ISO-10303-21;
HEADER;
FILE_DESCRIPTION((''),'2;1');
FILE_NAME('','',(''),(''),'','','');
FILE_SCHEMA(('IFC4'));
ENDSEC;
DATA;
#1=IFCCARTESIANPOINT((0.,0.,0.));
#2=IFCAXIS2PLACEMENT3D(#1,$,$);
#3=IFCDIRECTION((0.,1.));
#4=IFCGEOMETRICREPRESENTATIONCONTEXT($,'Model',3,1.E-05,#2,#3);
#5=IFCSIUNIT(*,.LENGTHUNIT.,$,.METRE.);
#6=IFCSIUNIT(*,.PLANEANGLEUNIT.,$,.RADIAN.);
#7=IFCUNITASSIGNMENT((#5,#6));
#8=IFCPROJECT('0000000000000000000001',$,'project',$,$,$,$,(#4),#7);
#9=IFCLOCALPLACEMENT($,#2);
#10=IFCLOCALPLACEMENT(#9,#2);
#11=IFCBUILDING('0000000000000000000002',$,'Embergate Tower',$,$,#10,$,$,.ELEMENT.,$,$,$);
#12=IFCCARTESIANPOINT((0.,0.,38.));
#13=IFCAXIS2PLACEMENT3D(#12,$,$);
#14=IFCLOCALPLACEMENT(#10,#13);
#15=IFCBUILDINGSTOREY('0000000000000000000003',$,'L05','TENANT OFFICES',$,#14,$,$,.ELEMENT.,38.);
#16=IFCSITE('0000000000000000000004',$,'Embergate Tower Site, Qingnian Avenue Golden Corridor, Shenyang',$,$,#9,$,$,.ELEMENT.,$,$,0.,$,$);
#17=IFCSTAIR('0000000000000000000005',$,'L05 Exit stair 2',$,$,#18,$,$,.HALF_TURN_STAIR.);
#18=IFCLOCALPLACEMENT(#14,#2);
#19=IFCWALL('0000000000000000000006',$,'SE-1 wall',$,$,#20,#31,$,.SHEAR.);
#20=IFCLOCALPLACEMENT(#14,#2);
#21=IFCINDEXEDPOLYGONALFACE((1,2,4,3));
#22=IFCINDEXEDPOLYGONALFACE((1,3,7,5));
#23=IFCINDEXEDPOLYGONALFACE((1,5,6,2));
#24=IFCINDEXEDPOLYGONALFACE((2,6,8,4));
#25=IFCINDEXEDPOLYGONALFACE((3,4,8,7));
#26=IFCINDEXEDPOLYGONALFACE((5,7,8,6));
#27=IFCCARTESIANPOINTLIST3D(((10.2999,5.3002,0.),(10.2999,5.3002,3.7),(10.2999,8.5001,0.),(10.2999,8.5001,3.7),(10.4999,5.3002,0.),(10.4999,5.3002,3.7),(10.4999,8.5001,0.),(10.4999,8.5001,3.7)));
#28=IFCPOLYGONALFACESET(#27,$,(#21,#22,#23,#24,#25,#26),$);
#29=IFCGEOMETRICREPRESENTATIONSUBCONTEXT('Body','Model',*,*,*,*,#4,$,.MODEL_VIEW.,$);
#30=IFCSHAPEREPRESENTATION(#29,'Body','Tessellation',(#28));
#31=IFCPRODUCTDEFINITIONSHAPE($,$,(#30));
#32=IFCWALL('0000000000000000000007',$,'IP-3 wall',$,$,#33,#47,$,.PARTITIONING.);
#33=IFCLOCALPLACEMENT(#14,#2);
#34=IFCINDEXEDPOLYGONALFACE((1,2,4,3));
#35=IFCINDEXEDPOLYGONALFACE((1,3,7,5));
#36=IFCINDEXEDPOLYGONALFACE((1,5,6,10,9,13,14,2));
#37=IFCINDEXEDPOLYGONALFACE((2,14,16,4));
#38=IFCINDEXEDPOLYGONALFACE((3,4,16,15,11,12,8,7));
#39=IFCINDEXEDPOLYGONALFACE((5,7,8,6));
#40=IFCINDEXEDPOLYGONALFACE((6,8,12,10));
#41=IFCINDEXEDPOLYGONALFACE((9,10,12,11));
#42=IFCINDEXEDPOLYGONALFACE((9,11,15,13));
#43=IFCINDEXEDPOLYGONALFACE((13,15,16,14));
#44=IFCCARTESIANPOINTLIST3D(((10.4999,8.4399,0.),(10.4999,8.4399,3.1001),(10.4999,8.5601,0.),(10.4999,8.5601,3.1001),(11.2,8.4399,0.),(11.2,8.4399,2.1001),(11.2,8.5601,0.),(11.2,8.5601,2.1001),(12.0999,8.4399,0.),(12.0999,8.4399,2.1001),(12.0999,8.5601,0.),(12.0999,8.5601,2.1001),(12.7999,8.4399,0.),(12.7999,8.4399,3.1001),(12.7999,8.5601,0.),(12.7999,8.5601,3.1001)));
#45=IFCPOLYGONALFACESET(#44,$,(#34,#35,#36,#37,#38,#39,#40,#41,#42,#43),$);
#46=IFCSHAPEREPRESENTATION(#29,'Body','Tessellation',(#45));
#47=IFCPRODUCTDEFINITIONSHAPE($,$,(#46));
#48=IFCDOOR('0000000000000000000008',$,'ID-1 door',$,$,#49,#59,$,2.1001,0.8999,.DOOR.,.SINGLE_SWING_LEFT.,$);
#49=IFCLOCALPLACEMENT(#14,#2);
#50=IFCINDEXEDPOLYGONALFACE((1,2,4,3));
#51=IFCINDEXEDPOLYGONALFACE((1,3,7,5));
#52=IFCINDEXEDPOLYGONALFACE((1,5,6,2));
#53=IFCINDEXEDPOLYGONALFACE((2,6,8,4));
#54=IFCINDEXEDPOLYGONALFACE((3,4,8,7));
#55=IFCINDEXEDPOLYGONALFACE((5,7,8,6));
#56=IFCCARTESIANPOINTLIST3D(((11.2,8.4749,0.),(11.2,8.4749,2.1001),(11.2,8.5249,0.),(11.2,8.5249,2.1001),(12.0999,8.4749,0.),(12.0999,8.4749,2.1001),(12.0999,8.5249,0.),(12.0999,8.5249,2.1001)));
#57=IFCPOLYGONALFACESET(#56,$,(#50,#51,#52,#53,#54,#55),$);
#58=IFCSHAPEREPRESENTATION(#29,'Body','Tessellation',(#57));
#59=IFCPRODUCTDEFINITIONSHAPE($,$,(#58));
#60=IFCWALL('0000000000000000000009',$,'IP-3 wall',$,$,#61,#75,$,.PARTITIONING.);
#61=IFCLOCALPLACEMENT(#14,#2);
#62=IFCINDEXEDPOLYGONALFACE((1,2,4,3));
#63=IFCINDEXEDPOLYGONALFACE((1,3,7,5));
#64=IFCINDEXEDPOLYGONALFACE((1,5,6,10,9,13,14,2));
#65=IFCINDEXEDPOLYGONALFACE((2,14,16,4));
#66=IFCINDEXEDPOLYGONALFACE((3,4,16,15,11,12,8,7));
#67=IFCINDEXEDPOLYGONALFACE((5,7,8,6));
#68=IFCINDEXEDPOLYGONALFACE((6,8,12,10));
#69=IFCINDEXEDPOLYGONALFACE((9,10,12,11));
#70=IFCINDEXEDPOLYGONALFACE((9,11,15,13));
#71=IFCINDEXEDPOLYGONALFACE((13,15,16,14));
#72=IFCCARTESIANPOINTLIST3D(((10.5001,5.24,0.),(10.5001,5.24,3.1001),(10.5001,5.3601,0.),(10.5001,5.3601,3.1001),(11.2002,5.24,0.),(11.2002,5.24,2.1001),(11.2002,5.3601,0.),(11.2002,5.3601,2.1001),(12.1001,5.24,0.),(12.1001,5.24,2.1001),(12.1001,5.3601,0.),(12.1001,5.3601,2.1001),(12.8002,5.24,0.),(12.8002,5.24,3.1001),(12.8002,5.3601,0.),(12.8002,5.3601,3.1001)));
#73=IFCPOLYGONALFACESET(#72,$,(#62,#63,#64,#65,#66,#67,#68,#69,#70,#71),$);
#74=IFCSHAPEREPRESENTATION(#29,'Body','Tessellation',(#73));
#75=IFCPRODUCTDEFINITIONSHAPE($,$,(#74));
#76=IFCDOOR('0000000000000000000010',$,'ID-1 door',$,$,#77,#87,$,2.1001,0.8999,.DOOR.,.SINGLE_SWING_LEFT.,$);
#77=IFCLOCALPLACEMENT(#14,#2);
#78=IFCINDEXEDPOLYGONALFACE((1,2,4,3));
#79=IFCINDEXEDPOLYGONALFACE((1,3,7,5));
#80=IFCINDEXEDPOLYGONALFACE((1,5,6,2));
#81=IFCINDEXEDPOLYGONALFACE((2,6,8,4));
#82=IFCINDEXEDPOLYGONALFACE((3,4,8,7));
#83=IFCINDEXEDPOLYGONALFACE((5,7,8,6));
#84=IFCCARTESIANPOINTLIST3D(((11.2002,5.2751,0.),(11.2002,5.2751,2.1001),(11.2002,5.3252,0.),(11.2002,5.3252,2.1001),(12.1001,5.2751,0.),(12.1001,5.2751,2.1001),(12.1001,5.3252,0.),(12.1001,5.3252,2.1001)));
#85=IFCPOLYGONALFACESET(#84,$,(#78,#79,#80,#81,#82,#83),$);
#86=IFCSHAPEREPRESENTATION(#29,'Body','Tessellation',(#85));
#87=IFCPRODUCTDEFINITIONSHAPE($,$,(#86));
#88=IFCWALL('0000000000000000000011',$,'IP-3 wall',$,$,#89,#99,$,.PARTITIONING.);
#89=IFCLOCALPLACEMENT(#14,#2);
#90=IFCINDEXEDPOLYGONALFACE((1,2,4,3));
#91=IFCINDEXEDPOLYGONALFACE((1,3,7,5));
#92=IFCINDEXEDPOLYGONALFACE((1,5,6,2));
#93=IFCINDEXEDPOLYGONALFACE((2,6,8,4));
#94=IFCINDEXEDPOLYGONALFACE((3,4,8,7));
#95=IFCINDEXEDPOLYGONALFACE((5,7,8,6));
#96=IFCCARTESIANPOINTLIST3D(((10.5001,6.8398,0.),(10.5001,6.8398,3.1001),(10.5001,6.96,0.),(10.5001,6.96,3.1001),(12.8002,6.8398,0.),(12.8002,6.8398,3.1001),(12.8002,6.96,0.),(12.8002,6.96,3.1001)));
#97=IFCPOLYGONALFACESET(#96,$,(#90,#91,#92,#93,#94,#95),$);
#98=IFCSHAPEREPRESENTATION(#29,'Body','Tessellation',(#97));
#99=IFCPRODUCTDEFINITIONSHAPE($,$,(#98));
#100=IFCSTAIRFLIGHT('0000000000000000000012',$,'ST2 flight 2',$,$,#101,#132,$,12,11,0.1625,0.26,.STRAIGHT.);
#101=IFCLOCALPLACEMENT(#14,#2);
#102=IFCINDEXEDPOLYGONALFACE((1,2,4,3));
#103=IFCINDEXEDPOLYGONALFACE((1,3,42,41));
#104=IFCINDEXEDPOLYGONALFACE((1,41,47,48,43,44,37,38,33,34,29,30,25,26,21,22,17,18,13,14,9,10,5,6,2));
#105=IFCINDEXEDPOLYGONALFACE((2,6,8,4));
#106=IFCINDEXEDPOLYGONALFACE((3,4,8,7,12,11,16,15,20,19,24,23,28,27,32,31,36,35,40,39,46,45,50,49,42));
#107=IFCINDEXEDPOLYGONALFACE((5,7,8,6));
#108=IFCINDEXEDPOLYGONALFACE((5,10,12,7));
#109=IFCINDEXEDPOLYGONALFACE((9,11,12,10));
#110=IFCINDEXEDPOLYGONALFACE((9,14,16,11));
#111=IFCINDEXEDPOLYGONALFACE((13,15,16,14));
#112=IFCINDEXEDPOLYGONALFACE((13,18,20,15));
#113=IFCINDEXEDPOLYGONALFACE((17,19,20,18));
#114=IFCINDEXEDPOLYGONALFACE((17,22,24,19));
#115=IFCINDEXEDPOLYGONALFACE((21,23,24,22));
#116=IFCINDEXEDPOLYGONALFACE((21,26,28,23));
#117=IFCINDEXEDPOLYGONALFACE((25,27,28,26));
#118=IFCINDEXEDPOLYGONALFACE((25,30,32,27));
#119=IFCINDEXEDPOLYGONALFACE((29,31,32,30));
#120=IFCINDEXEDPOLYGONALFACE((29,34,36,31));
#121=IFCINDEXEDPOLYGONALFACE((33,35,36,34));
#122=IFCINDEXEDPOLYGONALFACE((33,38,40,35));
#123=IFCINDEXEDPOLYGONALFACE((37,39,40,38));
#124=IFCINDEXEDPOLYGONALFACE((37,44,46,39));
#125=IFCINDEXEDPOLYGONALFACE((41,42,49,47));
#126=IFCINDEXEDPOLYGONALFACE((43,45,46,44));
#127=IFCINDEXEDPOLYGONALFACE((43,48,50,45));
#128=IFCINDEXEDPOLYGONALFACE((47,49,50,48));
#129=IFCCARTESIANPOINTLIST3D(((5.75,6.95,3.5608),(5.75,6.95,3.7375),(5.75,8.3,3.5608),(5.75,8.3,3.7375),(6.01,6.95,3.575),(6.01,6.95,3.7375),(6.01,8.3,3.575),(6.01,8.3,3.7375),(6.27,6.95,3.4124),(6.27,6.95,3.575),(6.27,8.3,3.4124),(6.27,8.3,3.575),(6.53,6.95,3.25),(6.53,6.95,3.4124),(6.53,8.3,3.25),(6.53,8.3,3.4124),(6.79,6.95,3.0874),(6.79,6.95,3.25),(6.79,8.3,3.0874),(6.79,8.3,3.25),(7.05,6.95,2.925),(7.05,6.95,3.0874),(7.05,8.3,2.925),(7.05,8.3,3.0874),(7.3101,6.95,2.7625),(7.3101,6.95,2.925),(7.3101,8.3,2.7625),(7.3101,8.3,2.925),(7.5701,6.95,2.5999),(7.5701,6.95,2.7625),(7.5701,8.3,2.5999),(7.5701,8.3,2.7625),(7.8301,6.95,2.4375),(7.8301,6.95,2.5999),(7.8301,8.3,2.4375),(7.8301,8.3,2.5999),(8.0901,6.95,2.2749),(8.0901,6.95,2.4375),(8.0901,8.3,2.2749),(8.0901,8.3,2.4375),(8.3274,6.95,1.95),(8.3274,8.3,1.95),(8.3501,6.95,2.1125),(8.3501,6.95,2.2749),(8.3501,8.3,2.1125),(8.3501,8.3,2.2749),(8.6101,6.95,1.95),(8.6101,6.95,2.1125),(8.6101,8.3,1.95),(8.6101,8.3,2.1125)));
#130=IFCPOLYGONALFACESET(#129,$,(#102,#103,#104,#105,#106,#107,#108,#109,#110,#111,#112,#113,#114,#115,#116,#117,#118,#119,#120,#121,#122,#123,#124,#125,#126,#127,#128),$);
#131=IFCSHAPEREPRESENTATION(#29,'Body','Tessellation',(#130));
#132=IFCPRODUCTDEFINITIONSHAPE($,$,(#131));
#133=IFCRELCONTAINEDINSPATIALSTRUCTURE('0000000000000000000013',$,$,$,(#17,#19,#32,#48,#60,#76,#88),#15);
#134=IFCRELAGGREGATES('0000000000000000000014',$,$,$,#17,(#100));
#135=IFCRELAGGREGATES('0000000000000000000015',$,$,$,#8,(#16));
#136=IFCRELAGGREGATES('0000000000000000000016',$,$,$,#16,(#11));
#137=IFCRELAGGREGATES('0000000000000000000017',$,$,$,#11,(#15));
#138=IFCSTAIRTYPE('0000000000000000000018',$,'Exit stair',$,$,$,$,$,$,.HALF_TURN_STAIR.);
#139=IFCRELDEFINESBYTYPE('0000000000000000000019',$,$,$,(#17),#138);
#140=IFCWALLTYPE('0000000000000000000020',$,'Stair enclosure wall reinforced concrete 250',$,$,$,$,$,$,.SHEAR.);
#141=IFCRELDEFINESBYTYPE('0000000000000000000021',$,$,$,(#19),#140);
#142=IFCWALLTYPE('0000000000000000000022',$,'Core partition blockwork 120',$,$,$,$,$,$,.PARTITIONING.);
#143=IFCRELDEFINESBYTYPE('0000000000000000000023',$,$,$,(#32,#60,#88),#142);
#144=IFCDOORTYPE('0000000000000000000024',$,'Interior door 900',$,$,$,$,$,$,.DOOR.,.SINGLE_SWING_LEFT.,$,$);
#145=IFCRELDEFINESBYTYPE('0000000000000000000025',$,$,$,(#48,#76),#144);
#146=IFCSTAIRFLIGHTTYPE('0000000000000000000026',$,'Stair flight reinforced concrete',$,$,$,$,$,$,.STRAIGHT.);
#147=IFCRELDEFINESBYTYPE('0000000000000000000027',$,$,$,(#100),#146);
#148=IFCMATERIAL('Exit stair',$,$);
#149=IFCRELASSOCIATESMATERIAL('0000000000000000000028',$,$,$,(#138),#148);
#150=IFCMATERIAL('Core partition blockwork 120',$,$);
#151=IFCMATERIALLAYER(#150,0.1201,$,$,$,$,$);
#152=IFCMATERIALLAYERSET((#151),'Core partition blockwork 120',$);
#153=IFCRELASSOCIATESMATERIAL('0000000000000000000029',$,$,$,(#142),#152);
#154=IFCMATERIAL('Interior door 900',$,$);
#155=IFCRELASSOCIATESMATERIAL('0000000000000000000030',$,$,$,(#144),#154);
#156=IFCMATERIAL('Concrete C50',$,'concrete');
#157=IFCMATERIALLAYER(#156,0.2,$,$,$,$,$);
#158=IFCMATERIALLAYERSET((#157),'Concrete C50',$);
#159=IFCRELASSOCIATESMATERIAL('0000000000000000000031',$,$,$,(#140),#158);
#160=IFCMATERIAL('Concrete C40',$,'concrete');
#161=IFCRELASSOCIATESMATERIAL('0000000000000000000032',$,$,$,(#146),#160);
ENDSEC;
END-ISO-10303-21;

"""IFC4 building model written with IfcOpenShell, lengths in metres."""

from ifc_helpers import new_model, si_unit, direction, frame, frame_2d, origin, place, context, subcontext, project, spatial, polyline, rectangle, outline, extrude, source, transform, mapped, material, layer, layer_set, type_object, element, fill, aggregate, save


model = new_model("IFC4")

# Units and contexts
model_context = context("Model", 3, precision=1e-05, world=origin(), true_north=direction((0.0, 1.0)))
body_context = subcontext(model_context, "Body", "Model", "MODEL_VIEW")
ifc_project = project(units=[si_unit("LENGTHUNIT", "METRE"), si_unit("PLANEANGLEUNIT", "RADIAN")], contexts=[model_context])

# Site, building, storey
site_placement = place(None, origin())
site = spatial("IfcSite", under=ifc_project, at=site_placement, Name="Embergate Tower Site, Qingnian Avenue Golden Corridor, Shenyang", CompositionType="ELEMENT", RefElevation=0.0)
building_placement = place(site_placement, origin())
building = spatial("IfcBuilding", under=site, at=building_placement, Name="Embergate Tower", CompositionType="ELEMENT")
storey_placement = place(building_placement, frame((0.0, 0.0, 38.0)))
storey = spatial("IfcBuildingStorey", under=building, at=storey_placement, Name="L05", Description="TENANT OFFICES", CompositionType="ELEMENT", Elevation=38.0)

# Stair
ifc_material_1 = material(Name="Exit stair")
stair_type = type_object("IfcStairType", Name="Exit stair", PredefinedType="HALF_TURN_STAIR", material=ifc_material_1)
stair_placement = place(storey_placement, origin())
stair = element("IfcStair", 1, at=stair_placement, inside=storey, type_object=stair_type, Name="L05 Exit stair 2", PredefinedType="HALF_TURN_STAIR")
ifc_material_2 = material(Name="Concrete C40", Category="concrete")

# Shared definitions
ifc_material_3 = material(Name="Concrete C50", Category="concrete")

# Shared definitions
ifc_material_4 = material(Name="Core partition blockwork 120")
ifc_layer_1 = layer(ifc_material_4, 0.1201)
ifc_layer_set_1 = layer_set([ifc_layer_1], Name="Core partition blockwork 120")
wall_type_1 = type_object("IfcWallType", Name="Core partition blockwork 120", PredefinedType="PARTITIONING", material=ifc_layer_set_1)
shared_shape_1 = source(origin(), body_context, "Body", "SweptSolid", [
    extrude(rectangle(XDim=0.8999, YDim=2.1001, at=frame_2d((0.45, 1.05))), frame((0.0, 0.0701, 0.0), z_axis=(0.0, -1.0, 0.0), x_axis=(1.0, 0.0, 0.0)), (0.0, 0.0, 1.0), 0.1401),
])
ifc_material_5 = material(Name="Interior door 900")
door_type_1 = type_object("IfcDoorType", Name="Interior door 900", OperationType="SINGLE_SWING_LEFT", PredefinedType="DOOR", material=ifc_material_5)
shared_shape_2 = source(origin(), body_context, "Body", "SweptSolid", [
    extrude(rectangle(XDim=0.8999, YDim=2.1001, at=frame_2d((0.45, 1.05))), frame((0.0, 0.0249, 0.0), z_axis=(0.0, -1.0, 0.0), x_axis=(1.0, 0.0, 0.0)), (0.0, 0.0, 1.0), 0.05),
])

# Wall
ifc_layer_2 = layer(ifc_material_3, 0.2)
ifc_layer_set_2 = layer_set([ifc_layer_2], Name="Concrete C50")
wall_type_2 = type_object("IfcWallType", Name="Stair enclosure wall reinforced concrete 250", PredefinedType="SHEAR", material=ifc_layer_set_2)
shared_shape_3 = source(origin(), body_context, "Body", "SweptSolid", [
    extrude(rectangle(XDim=3.2, YDim=0.2, at=frame_2d((1.6001, 0.0))), origin(), (0.0, 0.0, 1.0), 3.7),
])
wall_1_placement = place(storey_placement, frame((10.3999, 5.3, 0.0), z_axis=(0.0, 0.0, 1.0), x_axis=(0.0, 1.0, 0.0)))
element("IfcWall", 2, at=wall_1_placement, inside=storey, type_object=wall_type_2, Name="SE-1 wall", PredefinedType="SHEAR", context=body_context, shape_type="MappedRepresentation", body=[
    mapped(shared_shape_3, transform((0.0, 0.0, 0.0))),
])

# Walls, openings, doors
shared_shape_4 = source(origin(), body_context, "Body", "SweptSolid", [
    extrude(rectangle(XDim=2.3, YDim=0.1201, at=frame_2d((1.1499, 0.0))), origin(), (0.0, 0.0, 1.0), 3.1001),
])
wall_2_placement = place(storey_placement, frame((10.5, 8.5, 0.0), z_axis=(0.0, 0.0, 1.0), x_axis=(1.0, 0.0, 0.0)))
wall_2 = element("IfcWall", 3, at=wall_2_placement, inside=storey, type_object=wall_type_1, Name="IP-3 wall", PredefinedType="PARTITIONING", context=body_context, shape_type="MappedRepresentation", body=[
    mapped(shared_shape_4, transform((0.0, 0.0, 0.0))),
])
opening_1_placement = place(wall_2_placement, frame((0.7, 0.0, 0.0)))
opening_1 = element("IfcOpeningElement", 4, at=opening_1_placement, cuts=wall_2, PredefinedType="OPENING", context=body_context, shape_type="MappedRepresentation", body=[
    mapped(shared_shape_1, transform((0.0, 0.0, 0.0))),
])
door_1_placement = place(opening_1_placement, origin())
door_1 = element("IfcDoor", 5, at=door_1_placement, inside=storey, type_object=door_type_1, Name="ID-1 door", OperationType="SINGLE_SWING_LEFT", OverallHeight=2.1001, OverallWidth=0.8999, PredefinedType="DOOR", context=body_context, shape_type="MappedRepresentation", body=[
    mapped(shared_shape_2, transform((0.0, 0.0, 0.0))),
])
fill(opening_1, door_1)
wall_3_placement = place(storey_placement, frame((12.8, 5.3, 0.0), z_axis=(0.0, 0.0, 1.0), x_axis=(-1.0, 0.0, 0.0)))
wall_3 = element("IfcWall", 6, at=wall_3_placement, inside=storey, type_object=wall_type_1, Name="IP-3 wall", PredefinedType="PARTITIONING", context=body_context, shape_type="MappedRepresentation", body=[
    mapped(shared_shape_4, transform((0.0, 0.0, 0.0))),
])
opening_2_placement = place(wall_3_placement, frame((0.7, 0.0, 0.0)))
opening_2 = element("IfcOpeningElement", 7, at=opening_2_placement, cuts=wall_3, PredefinedType="OPENING", context=body_context, shape_type="MappedRepresentation", body=[
    mapped(shared_shape_1, transform((0.0, 0.0, 0.0))),
])
door_2_placement = place(opening_2_placement, origin())
door_2 = element("IfcDoor", 8, at=door_2_placement, inside=storey, type_object=door_type_1, Name="ID-1 door", OperationType="SINGLE_SWING_LEFT", OverallHeight=2.1001, OverallWidth=0.8999, PredefinedType="DOOR", context=body_context, shape_type="MappedRepresentation", body=[
    mapped(shared_shape_2, transform((0.0, 0.0, 0.0))),
])
fill(opening_2, door_2)

# Wall
wall_4_placement = place(storey_placement, frame((12.8, 6.8999, 0.0), z_axis=(0.0, 0.0, 1.0), x_axis=(-1.0, 0.0, 0.0)))
element("IfcWall", 9, at=wall_4_placement, inside=storey, type_object=wall_type_1, Name="IP-3 wall", PredefinedType="PARTITIONING", context=body_context, shape_type="MappedRepresentation", body=[
    mapped(shared_shape_4, transform((0.0, 0.0, 0.0))),
])

# Stair flight
stair_flight_type = type_object("IfcStairFlightType", Name="Stair flight reinforced concrete", PredefinedType="STRAIGHT", material=ifc_material_2)
shared_shape_5 = source(origin(), body_context, "Body", "SweptSolid", [
    extrude(outline(polyline([(0.0, 0.0), (0.0, 0.1626), (0.26, 0.1626), (0.26, 0.325), (0.52, 0.325), (0.52, 0.4875), (0.78, 0.4875), (0.78, 0.6499), (1.04, 0.6499), (1.04, 0.8125), (1.3, 0.8125), (1.3, 0.9751), (1.5601, 0.9751), (1.5601, 1.1375), (1.8201, 1.1375), (1.8201, 1.3), (2.0801, 1.3), (2.0801, 1.4624), (2.3401, 1.4624), (2.3401, 1.625), (2.6001, 1.625), (2.6001, 1.7876), (2.8601, 1.7876), (2.8601, 1.95), (2.8601, 1.6108), (0.2827, 0.0), (0.0, 0.0)])), frame((0.0, 0.675, 0.0), z_axis=(0.0, -1.0, 0.0), x_axis=(1.0, 0.0, 0.0)), (0.0, 0.0, 1.0), 1.3501),
])
stair_flight_placement = place(storey_placement, frame((8.6101, 7.625, 1.95), z_axis=(0.0, 0.0, 1.0), x_axis=(-1.0, 0.0, 0.0)))
stair_flight = element("IfcStairFlight", 10, at=stair_flight_placement, type_object=stair_flight_type, Name="ST2 flight 2", NumberOfRisers=12, NumberOfTreads=11, PredefinedType="STRAIGHT", RiserHeight=0.1625, TreadLength=0.26, context=body_context, shape_type="MappedRepresentation", body=[
    mapped(shared_shape_5, transform((0.0, 0.0, 0.0))),
])
aggregate(stair, [stair_flight])

save(model, "model.ifc")
